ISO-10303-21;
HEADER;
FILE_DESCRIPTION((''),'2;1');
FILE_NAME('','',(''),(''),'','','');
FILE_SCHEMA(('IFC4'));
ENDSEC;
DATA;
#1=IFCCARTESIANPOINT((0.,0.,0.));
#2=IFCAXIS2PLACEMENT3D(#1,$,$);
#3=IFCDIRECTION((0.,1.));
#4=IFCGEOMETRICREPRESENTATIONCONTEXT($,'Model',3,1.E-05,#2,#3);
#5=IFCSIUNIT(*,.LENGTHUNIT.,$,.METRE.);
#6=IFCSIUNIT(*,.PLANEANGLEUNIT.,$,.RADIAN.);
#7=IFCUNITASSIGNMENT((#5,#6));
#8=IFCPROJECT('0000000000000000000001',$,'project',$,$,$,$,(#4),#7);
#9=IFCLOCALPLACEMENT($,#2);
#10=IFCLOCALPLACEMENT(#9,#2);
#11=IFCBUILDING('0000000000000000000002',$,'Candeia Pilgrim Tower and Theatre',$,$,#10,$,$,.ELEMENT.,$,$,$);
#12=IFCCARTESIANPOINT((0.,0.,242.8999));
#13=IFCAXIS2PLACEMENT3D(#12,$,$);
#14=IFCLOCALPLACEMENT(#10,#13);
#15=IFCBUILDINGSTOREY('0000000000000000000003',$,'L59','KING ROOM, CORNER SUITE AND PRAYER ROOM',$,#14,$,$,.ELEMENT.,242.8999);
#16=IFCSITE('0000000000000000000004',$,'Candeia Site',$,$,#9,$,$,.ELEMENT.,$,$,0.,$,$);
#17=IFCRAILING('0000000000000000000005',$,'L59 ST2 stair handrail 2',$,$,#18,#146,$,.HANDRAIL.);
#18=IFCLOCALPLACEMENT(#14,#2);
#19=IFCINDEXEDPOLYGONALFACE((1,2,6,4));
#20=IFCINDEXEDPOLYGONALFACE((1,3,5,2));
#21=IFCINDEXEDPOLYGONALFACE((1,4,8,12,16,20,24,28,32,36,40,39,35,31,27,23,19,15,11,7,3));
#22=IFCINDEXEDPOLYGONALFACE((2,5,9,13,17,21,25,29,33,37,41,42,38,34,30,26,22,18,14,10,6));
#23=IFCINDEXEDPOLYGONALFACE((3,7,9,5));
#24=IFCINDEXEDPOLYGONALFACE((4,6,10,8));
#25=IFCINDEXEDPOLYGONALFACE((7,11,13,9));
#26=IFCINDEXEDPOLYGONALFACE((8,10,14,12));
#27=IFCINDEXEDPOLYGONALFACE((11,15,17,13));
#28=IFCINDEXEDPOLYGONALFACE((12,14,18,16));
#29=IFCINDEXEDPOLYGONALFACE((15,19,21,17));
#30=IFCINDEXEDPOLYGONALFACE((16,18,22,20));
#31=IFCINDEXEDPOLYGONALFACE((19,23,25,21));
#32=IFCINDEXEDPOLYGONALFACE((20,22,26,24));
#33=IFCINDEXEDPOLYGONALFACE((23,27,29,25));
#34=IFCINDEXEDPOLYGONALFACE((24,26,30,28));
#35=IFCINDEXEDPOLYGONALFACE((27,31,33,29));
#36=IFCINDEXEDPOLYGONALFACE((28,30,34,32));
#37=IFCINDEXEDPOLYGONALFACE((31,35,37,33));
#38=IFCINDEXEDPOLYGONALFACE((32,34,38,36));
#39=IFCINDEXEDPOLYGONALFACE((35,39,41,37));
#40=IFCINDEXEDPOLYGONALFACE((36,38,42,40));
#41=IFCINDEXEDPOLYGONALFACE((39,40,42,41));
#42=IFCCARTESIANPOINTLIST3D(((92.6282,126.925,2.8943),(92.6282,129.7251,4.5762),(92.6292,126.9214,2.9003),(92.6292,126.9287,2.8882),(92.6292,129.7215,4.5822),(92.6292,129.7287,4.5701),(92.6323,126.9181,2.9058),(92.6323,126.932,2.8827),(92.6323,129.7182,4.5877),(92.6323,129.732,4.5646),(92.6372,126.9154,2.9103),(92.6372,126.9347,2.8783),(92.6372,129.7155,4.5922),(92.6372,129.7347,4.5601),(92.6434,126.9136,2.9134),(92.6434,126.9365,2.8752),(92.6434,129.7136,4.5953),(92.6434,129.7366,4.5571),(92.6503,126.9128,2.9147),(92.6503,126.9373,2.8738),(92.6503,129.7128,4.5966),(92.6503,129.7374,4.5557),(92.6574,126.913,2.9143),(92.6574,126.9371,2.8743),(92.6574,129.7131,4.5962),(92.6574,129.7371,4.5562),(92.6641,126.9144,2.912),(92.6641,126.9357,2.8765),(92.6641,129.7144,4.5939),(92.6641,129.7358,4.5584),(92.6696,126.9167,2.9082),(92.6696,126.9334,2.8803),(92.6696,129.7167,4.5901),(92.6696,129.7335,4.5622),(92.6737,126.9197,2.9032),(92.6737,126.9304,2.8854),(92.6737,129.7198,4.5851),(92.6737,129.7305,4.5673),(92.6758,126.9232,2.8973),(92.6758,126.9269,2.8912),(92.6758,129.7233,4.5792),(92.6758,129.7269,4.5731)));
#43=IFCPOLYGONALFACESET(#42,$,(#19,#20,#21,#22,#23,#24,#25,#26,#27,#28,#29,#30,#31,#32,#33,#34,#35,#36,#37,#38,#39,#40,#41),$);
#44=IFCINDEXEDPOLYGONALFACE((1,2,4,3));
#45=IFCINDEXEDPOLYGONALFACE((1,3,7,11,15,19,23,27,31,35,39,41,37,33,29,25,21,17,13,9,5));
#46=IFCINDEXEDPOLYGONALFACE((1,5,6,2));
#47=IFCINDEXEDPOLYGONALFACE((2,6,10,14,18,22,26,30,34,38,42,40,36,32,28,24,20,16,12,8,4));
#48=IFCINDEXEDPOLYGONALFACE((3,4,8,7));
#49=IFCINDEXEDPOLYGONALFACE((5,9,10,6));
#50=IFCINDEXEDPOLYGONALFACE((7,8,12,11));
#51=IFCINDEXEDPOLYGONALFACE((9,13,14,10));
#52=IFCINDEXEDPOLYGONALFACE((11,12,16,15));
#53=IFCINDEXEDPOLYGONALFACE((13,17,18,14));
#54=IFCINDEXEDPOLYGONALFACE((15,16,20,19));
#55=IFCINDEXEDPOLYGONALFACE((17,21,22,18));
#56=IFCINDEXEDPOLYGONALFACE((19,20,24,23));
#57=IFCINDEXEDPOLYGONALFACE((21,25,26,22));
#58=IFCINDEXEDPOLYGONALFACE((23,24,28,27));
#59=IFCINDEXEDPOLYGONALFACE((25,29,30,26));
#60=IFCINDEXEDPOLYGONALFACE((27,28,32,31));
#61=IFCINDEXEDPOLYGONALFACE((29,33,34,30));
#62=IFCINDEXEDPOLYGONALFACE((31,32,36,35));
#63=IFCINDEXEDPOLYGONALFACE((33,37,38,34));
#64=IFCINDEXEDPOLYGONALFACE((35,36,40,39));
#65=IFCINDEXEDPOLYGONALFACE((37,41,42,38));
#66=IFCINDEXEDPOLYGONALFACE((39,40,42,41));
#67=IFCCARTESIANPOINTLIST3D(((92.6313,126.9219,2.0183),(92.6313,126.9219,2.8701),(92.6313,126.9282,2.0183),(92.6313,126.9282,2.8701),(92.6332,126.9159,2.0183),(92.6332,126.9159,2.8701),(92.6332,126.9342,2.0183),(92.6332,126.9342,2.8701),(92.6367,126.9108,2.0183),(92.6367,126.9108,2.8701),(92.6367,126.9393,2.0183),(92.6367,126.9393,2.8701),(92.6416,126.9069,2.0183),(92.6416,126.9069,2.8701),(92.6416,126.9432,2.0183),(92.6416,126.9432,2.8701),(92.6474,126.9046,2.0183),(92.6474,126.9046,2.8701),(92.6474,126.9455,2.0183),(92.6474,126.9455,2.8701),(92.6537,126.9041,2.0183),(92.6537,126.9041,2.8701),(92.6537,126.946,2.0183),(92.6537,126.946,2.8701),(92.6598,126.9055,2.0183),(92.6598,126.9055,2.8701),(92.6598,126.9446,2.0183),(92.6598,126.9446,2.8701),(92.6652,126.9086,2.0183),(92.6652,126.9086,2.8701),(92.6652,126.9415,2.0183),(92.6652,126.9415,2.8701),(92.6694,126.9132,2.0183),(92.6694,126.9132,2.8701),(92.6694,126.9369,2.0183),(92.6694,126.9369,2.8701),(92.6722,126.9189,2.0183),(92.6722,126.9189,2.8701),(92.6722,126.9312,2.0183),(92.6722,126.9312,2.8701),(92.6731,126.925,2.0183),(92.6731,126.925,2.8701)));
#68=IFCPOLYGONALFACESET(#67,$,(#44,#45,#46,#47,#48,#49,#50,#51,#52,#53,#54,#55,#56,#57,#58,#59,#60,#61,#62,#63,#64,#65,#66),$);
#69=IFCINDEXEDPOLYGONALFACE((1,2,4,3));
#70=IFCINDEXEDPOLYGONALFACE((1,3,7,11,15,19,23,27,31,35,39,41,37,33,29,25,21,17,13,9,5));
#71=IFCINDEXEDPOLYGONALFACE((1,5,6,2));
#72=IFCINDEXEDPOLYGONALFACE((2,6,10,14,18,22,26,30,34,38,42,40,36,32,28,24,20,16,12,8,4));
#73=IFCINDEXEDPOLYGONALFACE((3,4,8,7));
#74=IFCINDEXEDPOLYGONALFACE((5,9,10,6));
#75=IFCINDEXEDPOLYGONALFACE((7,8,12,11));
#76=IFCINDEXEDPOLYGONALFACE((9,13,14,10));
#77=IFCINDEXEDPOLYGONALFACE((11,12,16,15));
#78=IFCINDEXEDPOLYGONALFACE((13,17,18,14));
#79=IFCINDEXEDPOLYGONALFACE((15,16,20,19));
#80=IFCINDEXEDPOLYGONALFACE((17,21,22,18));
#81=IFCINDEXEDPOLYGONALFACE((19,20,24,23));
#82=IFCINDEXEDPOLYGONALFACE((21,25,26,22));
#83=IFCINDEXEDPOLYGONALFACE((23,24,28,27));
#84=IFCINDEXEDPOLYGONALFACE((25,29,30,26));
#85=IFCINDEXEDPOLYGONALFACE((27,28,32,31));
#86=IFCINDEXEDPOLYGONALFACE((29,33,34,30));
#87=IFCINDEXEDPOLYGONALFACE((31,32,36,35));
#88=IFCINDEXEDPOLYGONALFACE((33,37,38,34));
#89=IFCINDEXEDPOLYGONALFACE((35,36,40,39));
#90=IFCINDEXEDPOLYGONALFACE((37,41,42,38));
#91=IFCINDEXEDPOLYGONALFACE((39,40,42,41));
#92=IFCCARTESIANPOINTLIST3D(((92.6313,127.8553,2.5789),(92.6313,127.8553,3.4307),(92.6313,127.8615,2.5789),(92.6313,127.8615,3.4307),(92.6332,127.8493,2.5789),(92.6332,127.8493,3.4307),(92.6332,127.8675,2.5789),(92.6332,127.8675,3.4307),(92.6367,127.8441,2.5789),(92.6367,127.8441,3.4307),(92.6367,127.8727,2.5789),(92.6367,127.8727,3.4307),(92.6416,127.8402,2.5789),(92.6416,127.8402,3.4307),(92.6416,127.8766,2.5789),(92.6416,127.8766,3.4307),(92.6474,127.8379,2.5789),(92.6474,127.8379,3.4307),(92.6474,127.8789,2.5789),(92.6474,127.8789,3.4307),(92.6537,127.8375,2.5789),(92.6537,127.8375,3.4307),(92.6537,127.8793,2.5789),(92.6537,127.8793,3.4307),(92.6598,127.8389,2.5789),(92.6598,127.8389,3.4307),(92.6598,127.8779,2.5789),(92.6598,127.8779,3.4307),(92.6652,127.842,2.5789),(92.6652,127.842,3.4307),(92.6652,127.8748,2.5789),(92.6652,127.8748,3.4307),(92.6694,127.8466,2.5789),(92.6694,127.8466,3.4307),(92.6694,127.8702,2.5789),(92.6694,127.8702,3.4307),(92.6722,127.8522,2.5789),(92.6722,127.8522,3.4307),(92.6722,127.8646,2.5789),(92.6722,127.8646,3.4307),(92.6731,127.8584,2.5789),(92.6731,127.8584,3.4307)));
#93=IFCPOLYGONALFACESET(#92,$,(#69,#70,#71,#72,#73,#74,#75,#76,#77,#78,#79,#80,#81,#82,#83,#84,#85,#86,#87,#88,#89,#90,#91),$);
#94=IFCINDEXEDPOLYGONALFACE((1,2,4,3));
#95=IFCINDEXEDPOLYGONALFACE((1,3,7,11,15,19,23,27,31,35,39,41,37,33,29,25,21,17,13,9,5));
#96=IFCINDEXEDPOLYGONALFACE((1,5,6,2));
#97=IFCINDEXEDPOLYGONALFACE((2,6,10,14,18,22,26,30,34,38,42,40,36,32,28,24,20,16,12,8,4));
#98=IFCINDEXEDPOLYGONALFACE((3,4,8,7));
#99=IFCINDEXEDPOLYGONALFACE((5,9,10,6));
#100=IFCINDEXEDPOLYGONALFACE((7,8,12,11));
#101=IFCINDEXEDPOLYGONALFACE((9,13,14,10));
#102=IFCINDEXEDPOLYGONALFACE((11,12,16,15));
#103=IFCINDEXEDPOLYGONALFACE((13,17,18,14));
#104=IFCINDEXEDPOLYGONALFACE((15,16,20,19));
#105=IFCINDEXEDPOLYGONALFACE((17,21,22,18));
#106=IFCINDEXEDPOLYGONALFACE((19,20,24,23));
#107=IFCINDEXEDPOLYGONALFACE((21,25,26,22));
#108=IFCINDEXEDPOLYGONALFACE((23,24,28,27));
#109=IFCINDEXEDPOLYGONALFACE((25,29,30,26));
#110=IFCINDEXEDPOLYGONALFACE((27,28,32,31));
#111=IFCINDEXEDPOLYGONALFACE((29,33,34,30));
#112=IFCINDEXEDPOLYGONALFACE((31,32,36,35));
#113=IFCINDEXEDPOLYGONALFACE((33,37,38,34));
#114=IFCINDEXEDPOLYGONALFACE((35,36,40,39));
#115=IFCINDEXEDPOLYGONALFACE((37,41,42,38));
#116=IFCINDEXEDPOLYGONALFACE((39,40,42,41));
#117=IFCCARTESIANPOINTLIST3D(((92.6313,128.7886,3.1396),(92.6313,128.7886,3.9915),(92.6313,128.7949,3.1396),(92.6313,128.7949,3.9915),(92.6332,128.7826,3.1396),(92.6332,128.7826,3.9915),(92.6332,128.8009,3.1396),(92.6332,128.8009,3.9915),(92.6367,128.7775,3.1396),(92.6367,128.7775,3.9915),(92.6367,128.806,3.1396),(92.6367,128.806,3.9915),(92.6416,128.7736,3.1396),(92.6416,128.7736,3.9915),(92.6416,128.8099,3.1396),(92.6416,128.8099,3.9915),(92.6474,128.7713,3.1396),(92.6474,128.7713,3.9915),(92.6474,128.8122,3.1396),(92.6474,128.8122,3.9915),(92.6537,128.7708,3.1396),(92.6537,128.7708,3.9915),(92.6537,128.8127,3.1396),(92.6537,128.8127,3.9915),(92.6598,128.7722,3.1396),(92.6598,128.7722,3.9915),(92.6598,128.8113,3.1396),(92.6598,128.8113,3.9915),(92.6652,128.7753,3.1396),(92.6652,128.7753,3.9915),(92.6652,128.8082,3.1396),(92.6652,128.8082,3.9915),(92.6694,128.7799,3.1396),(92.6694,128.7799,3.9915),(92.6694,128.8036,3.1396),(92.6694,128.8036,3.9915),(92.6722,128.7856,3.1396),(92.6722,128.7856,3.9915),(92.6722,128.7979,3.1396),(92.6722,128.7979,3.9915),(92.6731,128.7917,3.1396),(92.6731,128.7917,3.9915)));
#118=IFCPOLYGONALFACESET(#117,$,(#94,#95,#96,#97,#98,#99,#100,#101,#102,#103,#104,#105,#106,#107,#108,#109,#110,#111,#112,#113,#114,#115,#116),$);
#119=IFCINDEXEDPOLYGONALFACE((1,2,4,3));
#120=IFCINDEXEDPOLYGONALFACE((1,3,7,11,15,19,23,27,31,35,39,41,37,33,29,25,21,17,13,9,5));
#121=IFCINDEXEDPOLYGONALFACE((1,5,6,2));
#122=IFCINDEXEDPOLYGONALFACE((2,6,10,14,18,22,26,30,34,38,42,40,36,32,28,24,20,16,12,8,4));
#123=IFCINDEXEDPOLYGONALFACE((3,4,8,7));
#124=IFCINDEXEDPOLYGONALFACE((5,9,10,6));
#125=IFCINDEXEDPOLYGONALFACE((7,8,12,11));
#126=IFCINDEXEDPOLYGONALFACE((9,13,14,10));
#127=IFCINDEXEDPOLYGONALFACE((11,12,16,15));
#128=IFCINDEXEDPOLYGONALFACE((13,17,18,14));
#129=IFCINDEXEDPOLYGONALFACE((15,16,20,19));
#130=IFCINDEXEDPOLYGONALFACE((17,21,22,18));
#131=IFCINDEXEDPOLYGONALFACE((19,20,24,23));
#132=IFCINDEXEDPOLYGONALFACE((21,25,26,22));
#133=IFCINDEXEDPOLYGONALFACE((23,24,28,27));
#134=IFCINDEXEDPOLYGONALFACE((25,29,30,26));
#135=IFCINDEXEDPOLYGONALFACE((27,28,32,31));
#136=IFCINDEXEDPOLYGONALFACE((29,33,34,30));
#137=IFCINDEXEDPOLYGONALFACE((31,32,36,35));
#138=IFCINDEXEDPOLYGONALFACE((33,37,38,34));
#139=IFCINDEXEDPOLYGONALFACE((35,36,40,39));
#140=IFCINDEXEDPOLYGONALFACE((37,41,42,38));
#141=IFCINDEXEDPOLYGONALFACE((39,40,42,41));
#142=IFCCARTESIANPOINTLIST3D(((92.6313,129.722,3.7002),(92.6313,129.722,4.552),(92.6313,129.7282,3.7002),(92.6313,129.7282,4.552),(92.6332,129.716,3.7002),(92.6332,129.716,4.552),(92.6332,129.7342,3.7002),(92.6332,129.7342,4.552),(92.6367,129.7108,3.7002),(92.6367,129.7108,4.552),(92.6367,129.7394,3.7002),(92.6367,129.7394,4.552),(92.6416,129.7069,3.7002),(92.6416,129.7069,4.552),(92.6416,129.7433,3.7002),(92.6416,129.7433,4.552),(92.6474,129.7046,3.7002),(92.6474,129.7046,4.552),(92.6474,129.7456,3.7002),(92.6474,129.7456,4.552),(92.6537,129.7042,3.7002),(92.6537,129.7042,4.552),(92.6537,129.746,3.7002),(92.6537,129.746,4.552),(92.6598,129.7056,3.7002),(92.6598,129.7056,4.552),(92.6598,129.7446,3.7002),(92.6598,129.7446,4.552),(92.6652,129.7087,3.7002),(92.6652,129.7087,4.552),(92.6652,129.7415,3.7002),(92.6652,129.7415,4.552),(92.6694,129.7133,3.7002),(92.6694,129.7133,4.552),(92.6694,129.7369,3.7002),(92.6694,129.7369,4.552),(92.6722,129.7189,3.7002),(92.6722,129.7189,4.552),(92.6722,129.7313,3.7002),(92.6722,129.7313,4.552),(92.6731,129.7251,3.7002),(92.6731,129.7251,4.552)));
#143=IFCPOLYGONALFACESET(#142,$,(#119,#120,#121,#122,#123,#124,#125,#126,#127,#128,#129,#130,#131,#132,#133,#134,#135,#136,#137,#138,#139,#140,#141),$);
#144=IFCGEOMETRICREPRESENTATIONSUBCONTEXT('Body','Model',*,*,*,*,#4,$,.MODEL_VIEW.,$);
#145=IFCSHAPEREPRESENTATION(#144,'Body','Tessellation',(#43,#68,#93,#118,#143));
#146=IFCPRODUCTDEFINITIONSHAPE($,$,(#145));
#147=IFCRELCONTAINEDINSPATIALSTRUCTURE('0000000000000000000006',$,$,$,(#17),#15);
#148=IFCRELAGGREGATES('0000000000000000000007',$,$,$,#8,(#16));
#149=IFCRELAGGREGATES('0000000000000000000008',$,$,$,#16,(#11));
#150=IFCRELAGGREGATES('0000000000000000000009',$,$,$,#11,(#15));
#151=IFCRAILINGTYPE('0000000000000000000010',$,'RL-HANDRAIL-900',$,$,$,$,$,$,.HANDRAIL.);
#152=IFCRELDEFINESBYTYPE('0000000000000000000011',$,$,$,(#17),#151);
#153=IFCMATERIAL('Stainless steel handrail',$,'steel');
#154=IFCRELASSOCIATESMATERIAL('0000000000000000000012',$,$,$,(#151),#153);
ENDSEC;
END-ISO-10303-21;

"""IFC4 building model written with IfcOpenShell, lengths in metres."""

from ifc_helpers import new_model, si_unit, direction, frame, origin, origin_2d, place, context, subcontext, project, spatial, circle, extrude, material, type_object, element, save


model = new_model("IFC4")

# Units and contexts
model_context = context("Model", 3, precision=1e-05, world=origin(), true_north=direction((0.0, 1.0)))
body_context = subcontext(model_context, "Body", "Model", "MODEL_VIEW")
ifc_project = project(units=[si_unit("LENGTHUNIT", "METRE"), si_unit("PLANEANGLEUNIT", "RADIAN")], contexts=[model_context])

# Site, building, storey
site_placement = place(None, origin())
site = spatial("IfcSite", under=ifc_project, at=site_placement, Name="Candeia Site", CompositionType="ELEMENT", RefElevation=0.0)
building_placement = place(site_placement, origin())
building = spatial("IfcBuilding", under=site, at=building_placement, Name="Candeia Pilgrim Tower and Theatre", CompositionType="ELEMENT")
storey_placement = place(building_placement, frame((0.0, 0.0, 242.8999)))
storey = spatial("IfcBuildingStorey", under=building, at=storey_placement, Name="L59", Description="KING ROOM, CORNER SUITE AND PRAYER ROOM", CompositionType="ELEMENT", Elevation=242.8999)

# Railing
ifc_material_1 = material(Name="Stainless steel handrail", Category="steel")
railing_type = type_object("IfcRailingType", Name="RL-HANDRAIL-900", PredefinedType="HANDRAIL", material=ifc_material_1)
for number, where, name in (
    (1, (92.6521, 126.925, 2.0183), "L59 ST2 stair handrail 2"),
):
    element("IfcRailing", number, at=place(storey_placement, frame(where)), inside=storey, type_object=railing_type, Name=name, PredefinedType="HANDRAIL", context=body_context, shape_type="SweptSolid", body=[
        extrude(circle(Radius=0.0239, at=origin_2d()), frame((0.0, 0.0, 0.876), z_axis=(0.0, 0.857242, 0.514913), x_axis=(-1.0, 0.0, 0.0)), (0.0, 0.0, 1.0), 3.2664),
        extrude(circle(Radius=0.021, at=origin_2d()), origin(), (0.0, 0.0, 1.0), 0.8518),
        extrude(circle(Radius=0.021, at=origin_2d()), frame((0.0, 0.9333, 0.5605)), (0.0, 0.0, 1.0), 0.8518),
        extrude(circle(Radius=0.021, at=origin_2d()), frame((0.0, 1.8667, 1.1213)), (0.0, 0.0, 1.0), 0.8518),
        extrude(circle(Radius=0.021, at=origin_2d()), frame((0.0, 2.8, 1.6819)), (0.0, 0.0, 1.0), 0.8518),
    ])

save(model, "model.ifc")
